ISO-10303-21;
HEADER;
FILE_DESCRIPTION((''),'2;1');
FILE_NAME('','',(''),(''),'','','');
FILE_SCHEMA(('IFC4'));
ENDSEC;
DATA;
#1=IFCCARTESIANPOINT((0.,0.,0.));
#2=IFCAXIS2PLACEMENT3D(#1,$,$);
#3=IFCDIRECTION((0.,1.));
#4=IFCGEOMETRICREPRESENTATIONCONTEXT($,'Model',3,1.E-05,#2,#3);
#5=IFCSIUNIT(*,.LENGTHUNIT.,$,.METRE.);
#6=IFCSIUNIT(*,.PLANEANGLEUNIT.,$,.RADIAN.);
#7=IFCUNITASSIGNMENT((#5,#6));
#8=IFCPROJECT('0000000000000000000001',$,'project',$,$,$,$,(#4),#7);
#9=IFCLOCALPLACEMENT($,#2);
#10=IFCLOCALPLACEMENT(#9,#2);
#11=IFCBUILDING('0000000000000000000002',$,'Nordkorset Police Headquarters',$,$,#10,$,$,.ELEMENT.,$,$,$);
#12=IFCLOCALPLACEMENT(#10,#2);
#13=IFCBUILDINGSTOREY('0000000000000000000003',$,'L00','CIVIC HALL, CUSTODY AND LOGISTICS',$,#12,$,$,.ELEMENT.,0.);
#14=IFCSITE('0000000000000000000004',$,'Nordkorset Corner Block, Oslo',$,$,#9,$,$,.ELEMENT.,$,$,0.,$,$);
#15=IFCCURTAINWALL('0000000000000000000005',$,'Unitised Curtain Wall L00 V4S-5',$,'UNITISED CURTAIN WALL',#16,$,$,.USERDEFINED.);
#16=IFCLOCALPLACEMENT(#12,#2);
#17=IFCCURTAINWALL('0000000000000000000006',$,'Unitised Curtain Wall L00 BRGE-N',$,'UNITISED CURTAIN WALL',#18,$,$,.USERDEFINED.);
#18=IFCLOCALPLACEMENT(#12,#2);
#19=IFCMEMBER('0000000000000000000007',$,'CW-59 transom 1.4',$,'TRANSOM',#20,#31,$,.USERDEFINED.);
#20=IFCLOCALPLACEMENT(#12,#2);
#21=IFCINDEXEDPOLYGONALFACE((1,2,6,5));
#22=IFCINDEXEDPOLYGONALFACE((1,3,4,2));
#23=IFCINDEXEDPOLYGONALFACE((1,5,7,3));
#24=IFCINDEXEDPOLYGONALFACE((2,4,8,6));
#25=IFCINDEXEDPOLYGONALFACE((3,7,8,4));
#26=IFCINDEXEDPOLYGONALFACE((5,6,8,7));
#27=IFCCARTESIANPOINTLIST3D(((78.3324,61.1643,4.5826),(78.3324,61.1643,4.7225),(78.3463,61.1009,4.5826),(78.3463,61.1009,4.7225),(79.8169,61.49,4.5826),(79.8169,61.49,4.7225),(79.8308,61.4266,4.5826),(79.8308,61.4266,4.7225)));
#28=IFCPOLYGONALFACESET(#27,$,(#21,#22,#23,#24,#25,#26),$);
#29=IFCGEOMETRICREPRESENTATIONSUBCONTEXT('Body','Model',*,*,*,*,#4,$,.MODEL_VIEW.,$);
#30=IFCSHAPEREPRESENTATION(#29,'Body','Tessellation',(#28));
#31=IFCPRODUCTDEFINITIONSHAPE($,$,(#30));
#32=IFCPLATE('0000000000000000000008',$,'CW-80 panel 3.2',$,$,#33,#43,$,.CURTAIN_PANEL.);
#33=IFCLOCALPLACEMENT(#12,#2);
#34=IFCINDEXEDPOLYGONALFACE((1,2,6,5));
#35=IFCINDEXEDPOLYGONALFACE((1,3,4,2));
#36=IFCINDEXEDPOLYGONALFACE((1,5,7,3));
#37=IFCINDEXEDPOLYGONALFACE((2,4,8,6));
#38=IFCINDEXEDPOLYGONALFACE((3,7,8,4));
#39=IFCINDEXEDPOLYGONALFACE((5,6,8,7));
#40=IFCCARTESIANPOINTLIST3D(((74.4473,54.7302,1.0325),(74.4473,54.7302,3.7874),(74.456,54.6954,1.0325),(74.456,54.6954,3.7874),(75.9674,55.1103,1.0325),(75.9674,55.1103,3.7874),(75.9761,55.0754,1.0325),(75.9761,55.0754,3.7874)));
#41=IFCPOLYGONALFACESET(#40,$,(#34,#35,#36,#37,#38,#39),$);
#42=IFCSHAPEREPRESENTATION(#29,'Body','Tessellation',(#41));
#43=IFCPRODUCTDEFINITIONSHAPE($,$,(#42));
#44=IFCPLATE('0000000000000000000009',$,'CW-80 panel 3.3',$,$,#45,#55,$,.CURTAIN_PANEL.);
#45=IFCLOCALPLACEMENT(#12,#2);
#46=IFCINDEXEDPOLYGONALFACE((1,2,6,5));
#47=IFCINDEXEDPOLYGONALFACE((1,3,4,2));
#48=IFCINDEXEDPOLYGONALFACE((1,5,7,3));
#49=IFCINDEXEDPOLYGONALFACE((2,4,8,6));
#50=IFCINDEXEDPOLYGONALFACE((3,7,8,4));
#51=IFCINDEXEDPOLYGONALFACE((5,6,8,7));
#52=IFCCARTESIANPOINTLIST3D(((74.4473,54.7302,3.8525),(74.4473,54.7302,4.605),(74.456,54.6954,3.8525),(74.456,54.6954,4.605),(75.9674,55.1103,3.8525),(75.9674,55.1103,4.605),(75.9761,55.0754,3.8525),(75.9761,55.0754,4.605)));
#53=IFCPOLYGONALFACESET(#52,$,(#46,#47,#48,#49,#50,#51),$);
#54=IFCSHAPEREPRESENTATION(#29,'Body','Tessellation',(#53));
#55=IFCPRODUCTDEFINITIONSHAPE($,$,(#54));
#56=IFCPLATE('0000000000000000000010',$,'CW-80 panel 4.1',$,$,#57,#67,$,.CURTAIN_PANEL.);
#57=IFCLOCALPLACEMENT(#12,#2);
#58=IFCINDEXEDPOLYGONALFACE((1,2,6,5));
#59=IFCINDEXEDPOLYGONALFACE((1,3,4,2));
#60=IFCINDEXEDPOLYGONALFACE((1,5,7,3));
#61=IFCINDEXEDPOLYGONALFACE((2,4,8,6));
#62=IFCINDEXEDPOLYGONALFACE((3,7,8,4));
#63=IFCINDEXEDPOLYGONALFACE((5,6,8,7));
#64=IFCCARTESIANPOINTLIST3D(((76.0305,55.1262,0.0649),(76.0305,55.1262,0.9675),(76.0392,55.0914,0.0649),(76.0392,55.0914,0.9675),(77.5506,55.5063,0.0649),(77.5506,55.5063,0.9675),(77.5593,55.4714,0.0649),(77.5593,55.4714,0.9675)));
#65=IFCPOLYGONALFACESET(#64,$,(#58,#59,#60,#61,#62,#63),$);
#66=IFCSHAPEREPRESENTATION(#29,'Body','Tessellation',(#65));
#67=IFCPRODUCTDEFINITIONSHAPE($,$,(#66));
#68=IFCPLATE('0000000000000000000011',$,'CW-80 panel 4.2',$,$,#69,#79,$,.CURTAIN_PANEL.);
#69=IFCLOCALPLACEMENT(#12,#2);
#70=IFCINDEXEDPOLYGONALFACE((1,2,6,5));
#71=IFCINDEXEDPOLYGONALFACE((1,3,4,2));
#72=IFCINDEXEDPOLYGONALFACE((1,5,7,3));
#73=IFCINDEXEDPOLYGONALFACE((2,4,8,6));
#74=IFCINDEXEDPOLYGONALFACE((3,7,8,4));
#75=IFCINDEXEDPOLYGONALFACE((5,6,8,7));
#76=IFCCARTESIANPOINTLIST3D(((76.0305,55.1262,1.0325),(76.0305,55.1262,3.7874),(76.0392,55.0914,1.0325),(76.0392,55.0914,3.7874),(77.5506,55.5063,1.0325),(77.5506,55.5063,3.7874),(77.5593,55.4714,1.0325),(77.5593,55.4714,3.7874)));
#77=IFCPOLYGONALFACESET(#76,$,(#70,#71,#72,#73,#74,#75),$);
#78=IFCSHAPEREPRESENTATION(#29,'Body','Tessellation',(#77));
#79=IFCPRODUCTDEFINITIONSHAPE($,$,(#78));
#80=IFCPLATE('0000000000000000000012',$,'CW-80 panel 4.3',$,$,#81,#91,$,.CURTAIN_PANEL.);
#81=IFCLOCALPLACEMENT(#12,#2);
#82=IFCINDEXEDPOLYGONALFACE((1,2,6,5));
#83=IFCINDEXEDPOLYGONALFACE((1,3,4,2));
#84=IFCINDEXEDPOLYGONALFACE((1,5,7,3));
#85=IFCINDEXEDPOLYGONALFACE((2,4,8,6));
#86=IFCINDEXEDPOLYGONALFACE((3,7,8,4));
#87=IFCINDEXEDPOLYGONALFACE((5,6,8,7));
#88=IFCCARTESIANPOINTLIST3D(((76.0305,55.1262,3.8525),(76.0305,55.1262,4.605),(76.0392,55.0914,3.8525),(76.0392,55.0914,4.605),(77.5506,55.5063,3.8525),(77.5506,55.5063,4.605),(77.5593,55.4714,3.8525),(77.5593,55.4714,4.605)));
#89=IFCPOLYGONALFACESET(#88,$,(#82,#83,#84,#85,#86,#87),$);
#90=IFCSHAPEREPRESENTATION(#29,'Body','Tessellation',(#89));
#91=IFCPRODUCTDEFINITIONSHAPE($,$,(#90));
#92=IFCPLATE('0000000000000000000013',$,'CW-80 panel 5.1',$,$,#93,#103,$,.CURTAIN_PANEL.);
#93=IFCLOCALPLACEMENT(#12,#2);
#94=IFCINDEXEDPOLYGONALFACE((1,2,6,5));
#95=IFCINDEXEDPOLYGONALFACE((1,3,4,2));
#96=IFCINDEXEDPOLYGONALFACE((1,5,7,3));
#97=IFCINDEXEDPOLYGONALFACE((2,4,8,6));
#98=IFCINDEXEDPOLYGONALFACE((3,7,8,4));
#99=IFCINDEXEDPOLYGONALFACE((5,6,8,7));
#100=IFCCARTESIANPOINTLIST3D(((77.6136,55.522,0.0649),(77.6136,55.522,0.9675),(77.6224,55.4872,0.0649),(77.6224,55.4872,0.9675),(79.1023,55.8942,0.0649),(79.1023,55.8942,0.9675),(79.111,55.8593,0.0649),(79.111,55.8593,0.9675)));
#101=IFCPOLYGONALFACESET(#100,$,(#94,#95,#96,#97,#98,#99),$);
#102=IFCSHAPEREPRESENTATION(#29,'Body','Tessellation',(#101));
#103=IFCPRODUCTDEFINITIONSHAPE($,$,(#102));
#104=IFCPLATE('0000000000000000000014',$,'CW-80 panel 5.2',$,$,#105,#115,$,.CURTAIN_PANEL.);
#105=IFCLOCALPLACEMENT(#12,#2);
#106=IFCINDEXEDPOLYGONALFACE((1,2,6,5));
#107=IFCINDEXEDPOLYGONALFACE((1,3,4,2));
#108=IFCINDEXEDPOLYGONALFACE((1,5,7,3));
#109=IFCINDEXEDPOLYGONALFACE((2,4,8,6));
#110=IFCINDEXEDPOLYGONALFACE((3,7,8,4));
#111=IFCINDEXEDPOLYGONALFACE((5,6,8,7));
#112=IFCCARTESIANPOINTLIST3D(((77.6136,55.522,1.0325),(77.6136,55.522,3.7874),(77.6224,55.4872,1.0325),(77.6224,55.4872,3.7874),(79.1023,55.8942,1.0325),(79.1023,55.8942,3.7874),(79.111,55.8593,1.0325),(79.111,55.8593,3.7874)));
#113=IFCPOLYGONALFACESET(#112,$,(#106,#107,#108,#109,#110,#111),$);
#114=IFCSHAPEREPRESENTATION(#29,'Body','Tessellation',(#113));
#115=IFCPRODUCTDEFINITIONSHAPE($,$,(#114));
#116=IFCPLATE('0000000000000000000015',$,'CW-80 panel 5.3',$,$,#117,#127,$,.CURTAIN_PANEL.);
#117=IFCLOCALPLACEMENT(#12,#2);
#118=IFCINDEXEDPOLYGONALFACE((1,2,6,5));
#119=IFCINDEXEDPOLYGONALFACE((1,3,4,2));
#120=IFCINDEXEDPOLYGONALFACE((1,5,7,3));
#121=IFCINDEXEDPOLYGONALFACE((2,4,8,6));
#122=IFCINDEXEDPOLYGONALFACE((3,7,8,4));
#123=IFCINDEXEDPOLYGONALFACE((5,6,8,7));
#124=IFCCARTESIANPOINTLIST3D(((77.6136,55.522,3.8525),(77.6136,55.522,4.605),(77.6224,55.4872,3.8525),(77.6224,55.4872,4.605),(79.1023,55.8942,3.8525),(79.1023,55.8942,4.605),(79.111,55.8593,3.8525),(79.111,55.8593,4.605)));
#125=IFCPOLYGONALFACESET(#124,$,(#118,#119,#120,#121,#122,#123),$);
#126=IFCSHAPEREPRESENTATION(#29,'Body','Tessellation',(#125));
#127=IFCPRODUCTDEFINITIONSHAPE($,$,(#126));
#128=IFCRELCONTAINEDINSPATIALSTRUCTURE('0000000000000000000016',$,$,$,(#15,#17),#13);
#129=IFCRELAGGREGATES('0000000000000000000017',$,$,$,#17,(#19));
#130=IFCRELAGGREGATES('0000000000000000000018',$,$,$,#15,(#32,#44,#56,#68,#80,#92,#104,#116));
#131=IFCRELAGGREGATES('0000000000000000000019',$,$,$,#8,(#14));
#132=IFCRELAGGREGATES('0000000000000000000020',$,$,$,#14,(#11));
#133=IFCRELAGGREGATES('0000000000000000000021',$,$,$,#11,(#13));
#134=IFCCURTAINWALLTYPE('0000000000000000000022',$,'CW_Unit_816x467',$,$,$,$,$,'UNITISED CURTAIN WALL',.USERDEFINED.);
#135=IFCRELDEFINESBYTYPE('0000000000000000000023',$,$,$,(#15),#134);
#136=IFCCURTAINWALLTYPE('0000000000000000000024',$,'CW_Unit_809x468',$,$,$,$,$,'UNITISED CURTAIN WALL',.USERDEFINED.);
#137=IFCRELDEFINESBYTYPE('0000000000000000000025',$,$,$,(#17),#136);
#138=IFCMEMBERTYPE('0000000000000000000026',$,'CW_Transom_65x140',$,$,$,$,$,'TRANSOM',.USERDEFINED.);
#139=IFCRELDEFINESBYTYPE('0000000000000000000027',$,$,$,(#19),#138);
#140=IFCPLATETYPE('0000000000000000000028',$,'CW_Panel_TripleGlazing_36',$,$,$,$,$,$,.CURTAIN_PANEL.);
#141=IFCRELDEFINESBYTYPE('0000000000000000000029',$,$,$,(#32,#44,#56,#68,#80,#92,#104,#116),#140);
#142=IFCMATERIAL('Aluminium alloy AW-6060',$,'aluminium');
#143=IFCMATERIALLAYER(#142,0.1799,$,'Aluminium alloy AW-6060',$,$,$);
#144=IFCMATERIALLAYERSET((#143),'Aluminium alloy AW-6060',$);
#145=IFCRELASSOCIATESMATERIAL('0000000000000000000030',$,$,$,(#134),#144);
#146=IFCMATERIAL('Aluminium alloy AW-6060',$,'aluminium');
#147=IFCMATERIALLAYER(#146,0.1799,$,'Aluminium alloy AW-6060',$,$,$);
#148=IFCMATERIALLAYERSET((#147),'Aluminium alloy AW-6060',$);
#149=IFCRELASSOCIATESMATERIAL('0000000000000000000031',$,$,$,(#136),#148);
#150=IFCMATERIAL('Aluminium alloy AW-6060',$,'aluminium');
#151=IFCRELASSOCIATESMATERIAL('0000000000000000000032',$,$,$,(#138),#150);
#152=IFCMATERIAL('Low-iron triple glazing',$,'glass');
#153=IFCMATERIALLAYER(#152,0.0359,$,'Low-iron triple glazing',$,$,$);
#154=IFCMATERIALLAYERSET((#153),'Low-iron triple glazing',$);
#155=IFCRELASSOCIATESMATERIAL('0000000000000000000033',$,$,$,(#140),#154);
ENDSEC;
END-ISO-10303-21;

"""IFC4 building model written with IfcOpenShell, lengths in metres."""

from ifc_helpers import new_model, si_unit, direction, frame, origin, origin_2d, place, context, subcontext, project, spatial, rectangle, extrude, material, layer, layer_set, material_profile, profile_set, type_object, element, aggregate, save


model = new_model("IFC4")

# Units and contexts
model_context = context("Model", 3, precision=1e-05, world=origin(), true_north=direction((0.0, 1.0)))
body_context = subcontext(model_context, "Body", "Model", "MODEL_VIEW")
ifc_project = project(units=[si_unit("LENGTHUNIT", "METRE"), si_unit("PLANEANGLEUNIT", "RADIAN")], contexts=[model_context])

# Site, building, storey
site_placement = place(None, origin())
site = spatial("IfcSite", under=ifc_project, at=site_placement, Name="Nordkorset Corner Block, Oslo", CompositionType="ELEMENT", RefElevation=0.0)
building_placement = place(site_placement, origin())
building = spatial("IfcBuilding", under=site, at=building_placement, Name="Nordkorset Police Headquarters", CompositionType="ELEMENT")
storey_placement = place(building_placement, origin())
storey = spatial("IfcBuildingStorey", under=building, at=storey_placement, Name="L00", Description="CIVIC HALL, CUSTODY AND LOGISTICS", CompositionType="ELEMENT", Elevation=0.0)

# Curtain wall
ifc_material_1 = material(Name="Aluminium alloy AW-6060", Category="aluminium")
ifc_layer_1 = layer(ifc_material_1, 0.1799, Name="Aluminium alloy AW-6060")
ifc_layer_set_1 = layer_set([ifc_layer_1], Name="Aluminium alloy AW-6060")
curtain_wall_type_1 = type_object("IfcCurtainWallType", Name="CW_Unit_816x467", ElementType="UNITISED CURTAIN WALL", PredefinedType="USERDEFINED", material=ifc_layer_set_1)
curtain_wall_1_placement = place(storey_placement, origin())
curtain_wall_1 = element("IfcCurtainWall", 1, at=curtain_wall_1_placement, inside=storey, type_object=curtain_wall_type_1, Name="Unitised Curtain Wall L00 V4S-5", ObjectType="UNITISED CURTAIN WALL", PredefinedType="USERDEFINED")

# Curtain wall
ifc_material_2 = material(Name="Aluminium alloy AW-6060", Category="aluminium")
ifc_layer_2 = layer(ifc_material_2, 0.1799, Name="Aluminium alloy AW-6060")
ifc_layer_set_2 = layer_set([ifc_layer_2], Name="Aluminium alloy AW-6060")
curtain_wall_type_2 = type_object("IfcCurtainWallType", Name="CW_Unit_809x468", ElementType="UNITISED CURTAIN WALL", PredefinedType="USERDEFINED", material=ifc_layer_set_2)
curtain_wall_2_placement = place(storey_placement, origin())
curtain_wall_2 = element("IfcCurtainWall", 2, at=curtain_wall_2_placement, inside=storey, type_object=curtain_wall_type_2, Name="Unitised Curtain Wall L00 BRGE-N", ObjectType="UNITISED CURTAIN WALL", PredefinedType="USERDEFINED")

# Member
ifc_material_3 = material(Name="Aluminium alloy AW-6060", Category="aluminium")
ifc_material_profile_1 = material_profile(ifc_material_3, rectangle(XDim=0.0649, YDim=0.1399, at=origin_2d()), Name="ALU TRAN 65x140")
ifc_profile_set_1 = profile_set([ifc_material_profile_1], Name="Aluminium alloy AW-6060")
member_type_1 = type_object("IfcMemberType", Name="CW_Transom_65x140", ElementType="TRANSOM", PredefinedType="USERDEFINED", material=ifc_profile_set_1)
member_1_placement = place(storey_placement, frame((78.3394, 61.1326, 4.6526), z_axis=(0.976766, 0.21431, 0.0), x_axis=(-0.21431, 0.976766, 0.0)))
member_1 = element("IfcMember", 3, at=member_1_placement, type_object=member_type_1, Name="CW-59 transom 1.4", ObjectType="TRANSOM", PredefinedType="USERDEFINED", context=body_context, shape_type="SweptSolid", body=[
    extrude(rectangle(XDim=0.0649, YDim=0.1399, at=origin_2d()), origin(), (0.0, 0.0, 1.0), 1.5198),
])
aggregate(curtain_wall_2, [member_1])

# Plates
ifc_material_4 = material(Name="Low-iron triple glazing", Category="glass")
ifc_layer_3 = layer(ifc_material_4, 0.0359, Name="Low-iron triple glazing")
ifc_layer_set_3 = layer_set([ifc_layer_3], Name="Low-iron triple glazing")
plate_type = type_object("IfcPlateType", Name="CW_Panel_TripleGlazing_36", PredefinedType="CURTAIN_PANEL", material=ifc_layer_set_3)
plate_1_placement = place(storey_placement, frame((75.2117, 54.9028, 1.0325), z_axis=(0.0, 0.0, 1.0), x_axis=(0.970143, 0.242536, 0.0)))
plate_1 = element("IfcPlate", 4, at=plate_1_placement, type_object=plate_type, Name="CW-80 panel 3.2", PredefinedType="CURTAIN_PANEL", context=body_context, shape_type="SweptSolid", body=[
    extrude(rectangle(XDim=1.5669, YDim=0.0359, at=origin_2d()), origin(), (0.0, 0.0, 1.0), 2.7549),
])
plate_2_placement = place(storey_placement, frame((75.2117, 54.9028, 3.8525), z_axis=(0.0, 0.0, 1.0), x_axis=(0.970143, 0.242536, 0.0)))
plate_2 = element("IfcPlate", 5, at=plate_2_placement, type_object=plate_type, Name="CW-80 panel 3.3", PredefinedType="CURTAIN_PANEL", context=body_context, shape_type="SweptSolid", body=[
    extrude(rectangle(XDim=1.5669, YDim=0.0359, at=origin_2d()), origin(), (0.0, 0.0, 1.0), 0.7524),
])
plate_3_placement = place(storey_placement, frame((76.7949, 55.2988, 0.0649), z_axis=(0.0, 0.0, 1.0), x_axis=(0.970143, 0.242536, 0.0)))
plate_3 = element("IfcPlate", 6, at=plate_3_placement, type_object=plate_type, Name="CW-80 panel 4.1", PredefinedType="CURTAIN_PANEL", context=body_context, shape_type="SweptSolid", body=[
    extrude(rectangle(XDim=1.5669, YDim=0.0359, at=origin_2d()), origin(), (0.0, 0.0, 1.0), 0.9026),
])
plate_4_placement = place(storey_placement, frame((76.7949, 55.2988, 1.0325), z_axis=(0.0, 0.0, 1.0), x_axis=(0.970143, 0.242536, 0.0)))
plate_4 = element("IfcPlate", 7, at=plate_4_placement, type_object=plate_type, Name="CW-80 panel 4.2", PredefinedType="CURTAIN_PANEL", context=body_context, shape_type="SweptSolid", body=[
    extrude(rectangle(XDim=1.5669, YDim=0.0359, at=origin_2d()), origin(), (0.0, 0.0, 1.0), 2.7549),
])
plate_5_placement = place(storey_placement, frame((76.7949, 55.2988, 3.8525), z_axis=(0.0, 0.0, 1.0), x_axis=(0.970143, 0.242536, 0.0)))
plate_5 = element("IfcPlate", 8, at=plate_5_placement, type_object=plate_type, Name="CW-80 panel 4.3", PredefinedType="CURTAIN_PANEL", context=body_context, shape_type="SweptSolid", body=[
    extrude(rectangle(XDim=1.5669, YDim=0.0359, at=origin_2d()), origin(), (0.0, 0.0, 1.0), 0.7524),
])
plate_6_placement = place(storey_placement, frame((78.3623, 55.6907, 0.0649), z_axis=(0.0, 0.0, 1.0), x_axis=(0.970143, 0.242536, 0.0)))
plate_6 = element("IfcPlate", 9, at=plate_6_placement, type_object=plate_type, Name="CW-80 panel 5.1", PredefinedType="CURTAIN_PANEL", context=body_context, shape_type="SweptSolid", body=[
    extrude(rectangle(XDim=1.5344, YDim=0.0359, at=origin_2d()), origin(), (0.0, 0.0, 1.0), 0.9026),
])
plate_7_placement = place(storey_placement, frame((78.3623, 55.6907, 1.0325), z_axis=(0.0, 0.0, 1.0), x_axis=(0.970143, 0.242536, 0.0)))
plate_7 = element("IfcPlate", 10, at=plate_7_placement, type_object=plate_type, Name="CW-80 panel 5.2", PredefinedType="CURTAIN_PANEL", context=body_context, shape_type="SweptSolid", body=[
    extrude(rectangle(XDim=1.5344, YDim=0.0359, at=origin_2d()), origin(), (0.0, 0.0, 1.0), 2.7549),
])
plate_8_placement = place(storey_placement, frame((78.3623, 55.6907, 3.8525), z_axis=(0.0, 0.0, 1.0), x_axis=(0.970143, 0.242536, 0.0)))
plate_8 = element("IfcPlate", 11, at=plate_8_placement, type_object=plate_type, Name="CW-80 panel 5.3", PredefinedType="CURTAIN_PANEL", context=body_context, shape_type="SweptSolid", body=[
    extrude(rectangle(XDim=1.5344, YDim=0.0359, at=origin_2d()), origin(), (0.0, 0.0, 1.0), 0.7524),
])
aggregate(curtain_wall_1, [plate_1, plate_2, plate_3, plate_4, plate_5, plate_6, plate_7, plate_8])

save(model, "model.ifc")
